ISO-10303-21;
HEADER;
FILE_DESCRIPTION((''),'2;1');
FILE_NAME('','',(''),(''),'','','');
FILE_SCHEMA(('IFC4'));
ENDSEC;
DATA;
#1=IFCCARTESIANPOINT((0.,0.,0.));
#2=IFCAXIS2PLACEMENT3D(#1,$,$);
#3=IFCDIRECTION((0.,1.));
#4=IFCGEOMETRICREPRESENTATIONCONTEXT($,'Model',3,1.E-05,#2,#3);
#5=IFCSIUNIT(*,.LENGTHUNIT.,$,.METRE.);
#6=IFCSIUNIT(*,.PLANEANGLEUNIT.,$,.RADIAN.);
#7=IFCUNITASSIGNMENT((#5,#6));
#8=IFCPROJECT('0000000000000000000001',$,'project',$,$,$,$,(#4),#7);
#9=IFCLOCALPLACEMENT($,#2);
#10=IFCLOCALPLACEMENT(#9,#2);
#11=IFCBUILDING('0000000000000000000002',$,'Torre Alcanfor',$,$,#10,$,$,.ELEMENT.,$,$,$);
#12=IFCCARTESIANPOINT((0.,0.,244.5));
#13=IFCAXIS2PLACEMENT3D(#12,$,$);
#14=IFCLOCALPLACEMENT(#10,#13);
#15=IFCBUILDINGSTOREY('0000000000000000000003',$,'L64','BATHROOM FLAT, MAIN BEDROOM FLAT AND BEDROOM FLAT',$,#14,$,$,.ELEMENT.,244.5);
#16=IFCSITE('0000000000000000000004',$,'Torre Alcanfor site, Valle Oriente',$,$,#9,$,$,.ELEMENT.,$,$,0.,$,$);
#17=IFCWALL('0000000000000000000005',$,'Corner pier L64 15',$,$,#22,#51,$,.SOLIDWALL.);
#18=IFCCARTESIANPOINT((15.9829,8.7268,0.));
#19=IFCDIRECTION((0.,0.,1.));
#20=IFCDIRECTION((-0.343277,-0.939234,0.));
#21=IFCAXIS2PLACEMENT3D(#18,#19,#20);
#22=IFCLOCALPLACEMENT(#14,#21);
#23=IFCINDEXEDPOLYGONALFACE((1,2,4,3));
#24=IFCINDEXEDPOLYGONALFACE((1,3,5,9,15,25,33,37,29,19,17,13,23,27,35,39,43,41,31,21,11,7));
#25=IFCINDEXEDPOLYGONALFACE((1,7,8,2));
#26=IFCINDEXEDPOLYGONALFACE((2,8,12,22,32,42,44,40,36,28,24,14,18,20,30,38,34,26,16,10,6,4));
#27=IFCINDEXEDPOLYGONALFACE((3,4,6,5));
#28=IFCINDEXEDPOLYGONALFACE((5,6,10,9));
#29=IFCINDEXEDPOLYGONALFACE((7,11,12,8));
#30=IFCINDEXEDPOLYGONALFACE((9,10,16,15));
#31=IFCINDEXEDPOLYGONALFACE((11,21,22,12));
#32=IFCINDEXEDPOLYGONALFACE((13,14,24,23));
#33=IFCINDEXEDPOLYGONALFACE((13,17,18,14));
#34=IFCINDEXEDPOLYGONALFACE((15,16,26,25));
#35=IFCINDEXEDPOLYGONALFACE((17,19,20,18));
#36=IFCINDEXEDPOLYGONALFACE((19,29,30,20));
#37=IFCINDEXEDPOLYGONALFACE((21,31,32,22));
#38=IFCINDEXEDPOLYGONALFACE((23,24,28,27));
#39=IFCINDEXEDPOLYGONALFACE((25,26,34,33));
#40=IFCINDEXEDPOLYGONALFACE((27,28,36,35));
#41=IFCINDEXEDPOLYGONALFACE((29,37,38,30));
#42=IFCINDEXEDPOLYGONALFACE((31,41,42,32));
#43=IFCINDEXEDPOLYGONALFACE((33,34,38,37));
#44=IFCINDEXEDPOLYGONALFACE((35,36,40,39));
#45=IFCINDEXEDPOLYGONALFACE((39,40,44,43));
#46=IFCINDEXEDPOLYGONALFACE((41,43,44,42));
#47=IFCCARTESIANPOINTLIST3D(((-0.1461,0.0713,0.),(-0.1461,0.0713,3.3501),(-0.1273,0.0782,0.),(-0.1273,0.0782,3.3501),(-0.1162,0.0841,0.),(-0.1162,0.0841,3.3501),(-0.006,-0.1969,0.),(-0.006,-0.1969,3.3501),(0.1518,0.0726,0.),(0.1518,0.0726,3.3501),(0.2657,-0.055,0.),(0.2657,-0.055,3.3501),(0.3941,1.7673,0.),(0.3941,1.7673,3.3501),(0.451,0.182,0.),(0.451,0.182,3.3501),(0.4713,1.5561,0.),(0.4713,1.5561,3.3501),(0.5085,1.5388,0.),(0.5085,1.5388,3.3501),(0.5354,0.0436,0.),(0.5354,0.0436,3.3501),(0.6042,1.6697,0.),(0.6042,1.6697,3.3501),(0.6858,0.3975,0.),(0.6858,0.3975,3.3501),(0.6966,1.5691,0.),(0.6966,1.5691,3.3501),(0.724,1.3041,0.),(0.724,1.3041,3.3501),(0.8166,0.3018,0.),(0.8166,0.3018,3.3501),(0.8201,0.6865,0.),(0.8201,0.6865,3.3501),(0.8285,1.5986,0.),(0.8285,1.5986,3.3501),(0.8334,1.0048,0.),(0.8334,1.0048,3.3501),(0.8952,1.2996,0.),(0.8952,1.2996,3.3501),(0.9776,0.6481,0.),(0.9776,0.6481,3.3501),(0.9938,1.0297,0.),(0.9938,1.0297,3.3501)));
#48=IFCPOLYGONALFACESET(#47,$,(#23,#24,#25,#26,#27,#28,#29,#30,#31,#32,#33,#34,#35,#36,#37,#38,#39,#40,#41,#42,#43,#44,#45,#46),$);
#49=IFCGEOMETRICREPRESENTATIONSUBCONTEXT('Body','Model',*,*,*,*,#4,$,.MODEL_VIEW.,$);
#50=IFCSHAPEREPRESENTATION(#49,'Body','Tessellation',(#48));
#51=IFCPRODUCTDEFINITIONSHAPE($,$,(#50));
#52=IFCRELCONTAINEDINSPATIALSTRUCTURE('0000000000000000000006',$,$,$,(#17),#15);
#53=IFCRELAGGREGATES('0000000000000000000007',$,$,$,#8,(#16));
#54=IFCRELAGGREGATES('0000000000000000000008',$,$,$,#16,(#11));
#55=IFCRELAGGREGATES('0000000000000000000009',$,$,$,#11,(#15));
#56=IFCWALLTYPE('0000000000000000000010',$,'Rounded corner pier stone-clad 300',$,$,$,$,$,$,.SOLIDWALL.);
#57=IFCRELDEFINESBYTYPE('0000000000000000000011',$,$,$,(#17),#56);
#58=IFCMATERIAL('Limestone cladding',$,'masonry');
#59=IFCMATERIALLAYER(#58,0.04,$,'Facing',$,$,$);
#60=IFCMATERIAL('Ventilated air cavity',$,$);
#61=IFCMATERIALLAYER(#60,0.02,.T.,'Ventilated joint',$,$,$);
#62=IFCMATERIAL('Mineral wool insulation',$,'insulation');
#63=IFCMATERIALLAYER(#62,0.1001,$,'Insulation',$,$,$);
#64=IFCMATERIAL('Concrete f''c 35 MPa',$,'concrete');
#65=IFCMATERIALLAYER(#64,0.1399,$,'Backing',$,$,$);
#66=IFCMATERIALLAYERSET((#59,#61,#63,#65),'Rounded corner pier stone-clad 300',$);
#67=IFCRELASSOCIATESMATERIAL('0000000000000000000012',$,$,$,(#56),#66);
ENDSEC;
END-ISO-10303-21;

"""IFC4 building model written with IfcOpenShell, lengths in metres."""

from ifc_helpers import new_model, si_unit, direction, frame, origin, place, context, subcontext, project, spatial, polyline, outline, extrude, material, layer, layer_set, type_object, element, save


model = new_model("IFC4")

# Units and contexts
model_context = context("Model", 3, precision=1e-05, world=origin(), true_north=direction((0.0, 1.0)))
body_context = subcontext(model_context, "Body", "Model", "MODEL_VIEW")
ifc_project = project(units=[si_unit("LENGTHUNIT", "METRE"), si_unit("PLANEANGLEUNIT", "RADIAN")], contexts=[model_context])

# Site, building, storey
site_placement = place(None, origin())
site = spatial("IfcSite", under=ifc_project, at=site_placement, Name="Torre Alcanfor site, Valle Oriente", CompositionType="ELEMENT", RefElevation=0.0)
building_placement = place(site_placement, origin())
building = spatial("IfcBuilding", under=site, at=building_placement, Name="Torre Alcanfor", CompositionType="ELEMENT")
storey_placement = place(building_placement, frame((0.0, 0.0, 244.5)))
storey = spatial("IfcBuildingStorey", under=building, at=storey_placement, Name="L64", Description="BATHROOM FLAT, MAIN BEDROOM FLAT AND BEDROOM FLAT", CompositionType="ELEMENT", Elevation=244.5)

# Shared definitions
ifc_material_1 = material(Name="Limestone cladding", Category="masonry")
ifc_material_2 = material(Name="Ventilated air cavity")
ifc_material_3 = material(Name="Mineral wool insulation", Category="insulation")
ifc_material_4 = material(Name="Concrete f'c 35 MPa", Category="concrete")

# Wall
ifc_layer_1 = layer(ifc_material_1, 0.04, Name="Facing")
ifc_layer_2 = layer(ifc_material_2, 0.02, ventilated=True, Name="Ventilated joint")
ifc_layer_3 = layer(ifc_material_3, 0.1001, Name="Insulation")
ifc_layer_4 = layer(ifc_material_4, 0.1399, Name="Backing")
ifc_layer_set_1 = layer_set([ifc_layer_1, ifc_layer_2, ifc_layer_3, ifc_layer_4], Name="Rounded corner pier stone-clad 300")
wall_type_1 = type_object("IfcWallType", Name="Rounded corner pier stone-clad 300", PredefinedType="SOLIDWALL", material=ifc_layer_set_1)
wall_1_placement = place(storey_placement, frame((15.9829, 8.7268, 0.0), z_axis=(0.0, 0.0, 1.0), x_axis=(-0.343277, -0.939234, 0.0)))
element("IfcWall", 1, at=wall_1_placement, inside=storey, type_object=wall_type_1, Name="Corner pier L64 15", PredefinedType="SOLIDWALL", context=body_context, shape_type="SweptSolid", body=[
    extrude(outline(polyline([(0.8285, 1.5986), (0.6966, 1.5691), (0.6042, 1.6697), (0.3941, 1.7673), (0.4713, 1.5561), (0.5085, 1.5388), (0.724, 1.3041), (0.8334, 1.0048), (0.8201, 0.6865), (0.6858, 0.3975), (0.451, 0.182), (0.1518, 0.0726), (-0.1162, 0.0841), (-0.1273, 0.0782), (-0.1461, 0.0713), (-0.006, -0.1969), (0.2657, -0.055), (0.5354, 0.0436), (0.8166, 0.3018), (0.9776, 0.6481), (0.9938, 1.0297), (0.8952, 1.2996), (0.8285, 1.5986)])), origin(), (0.0, 0.0, 1.0), 3.3501),
])

save(model, "model.ifc")
